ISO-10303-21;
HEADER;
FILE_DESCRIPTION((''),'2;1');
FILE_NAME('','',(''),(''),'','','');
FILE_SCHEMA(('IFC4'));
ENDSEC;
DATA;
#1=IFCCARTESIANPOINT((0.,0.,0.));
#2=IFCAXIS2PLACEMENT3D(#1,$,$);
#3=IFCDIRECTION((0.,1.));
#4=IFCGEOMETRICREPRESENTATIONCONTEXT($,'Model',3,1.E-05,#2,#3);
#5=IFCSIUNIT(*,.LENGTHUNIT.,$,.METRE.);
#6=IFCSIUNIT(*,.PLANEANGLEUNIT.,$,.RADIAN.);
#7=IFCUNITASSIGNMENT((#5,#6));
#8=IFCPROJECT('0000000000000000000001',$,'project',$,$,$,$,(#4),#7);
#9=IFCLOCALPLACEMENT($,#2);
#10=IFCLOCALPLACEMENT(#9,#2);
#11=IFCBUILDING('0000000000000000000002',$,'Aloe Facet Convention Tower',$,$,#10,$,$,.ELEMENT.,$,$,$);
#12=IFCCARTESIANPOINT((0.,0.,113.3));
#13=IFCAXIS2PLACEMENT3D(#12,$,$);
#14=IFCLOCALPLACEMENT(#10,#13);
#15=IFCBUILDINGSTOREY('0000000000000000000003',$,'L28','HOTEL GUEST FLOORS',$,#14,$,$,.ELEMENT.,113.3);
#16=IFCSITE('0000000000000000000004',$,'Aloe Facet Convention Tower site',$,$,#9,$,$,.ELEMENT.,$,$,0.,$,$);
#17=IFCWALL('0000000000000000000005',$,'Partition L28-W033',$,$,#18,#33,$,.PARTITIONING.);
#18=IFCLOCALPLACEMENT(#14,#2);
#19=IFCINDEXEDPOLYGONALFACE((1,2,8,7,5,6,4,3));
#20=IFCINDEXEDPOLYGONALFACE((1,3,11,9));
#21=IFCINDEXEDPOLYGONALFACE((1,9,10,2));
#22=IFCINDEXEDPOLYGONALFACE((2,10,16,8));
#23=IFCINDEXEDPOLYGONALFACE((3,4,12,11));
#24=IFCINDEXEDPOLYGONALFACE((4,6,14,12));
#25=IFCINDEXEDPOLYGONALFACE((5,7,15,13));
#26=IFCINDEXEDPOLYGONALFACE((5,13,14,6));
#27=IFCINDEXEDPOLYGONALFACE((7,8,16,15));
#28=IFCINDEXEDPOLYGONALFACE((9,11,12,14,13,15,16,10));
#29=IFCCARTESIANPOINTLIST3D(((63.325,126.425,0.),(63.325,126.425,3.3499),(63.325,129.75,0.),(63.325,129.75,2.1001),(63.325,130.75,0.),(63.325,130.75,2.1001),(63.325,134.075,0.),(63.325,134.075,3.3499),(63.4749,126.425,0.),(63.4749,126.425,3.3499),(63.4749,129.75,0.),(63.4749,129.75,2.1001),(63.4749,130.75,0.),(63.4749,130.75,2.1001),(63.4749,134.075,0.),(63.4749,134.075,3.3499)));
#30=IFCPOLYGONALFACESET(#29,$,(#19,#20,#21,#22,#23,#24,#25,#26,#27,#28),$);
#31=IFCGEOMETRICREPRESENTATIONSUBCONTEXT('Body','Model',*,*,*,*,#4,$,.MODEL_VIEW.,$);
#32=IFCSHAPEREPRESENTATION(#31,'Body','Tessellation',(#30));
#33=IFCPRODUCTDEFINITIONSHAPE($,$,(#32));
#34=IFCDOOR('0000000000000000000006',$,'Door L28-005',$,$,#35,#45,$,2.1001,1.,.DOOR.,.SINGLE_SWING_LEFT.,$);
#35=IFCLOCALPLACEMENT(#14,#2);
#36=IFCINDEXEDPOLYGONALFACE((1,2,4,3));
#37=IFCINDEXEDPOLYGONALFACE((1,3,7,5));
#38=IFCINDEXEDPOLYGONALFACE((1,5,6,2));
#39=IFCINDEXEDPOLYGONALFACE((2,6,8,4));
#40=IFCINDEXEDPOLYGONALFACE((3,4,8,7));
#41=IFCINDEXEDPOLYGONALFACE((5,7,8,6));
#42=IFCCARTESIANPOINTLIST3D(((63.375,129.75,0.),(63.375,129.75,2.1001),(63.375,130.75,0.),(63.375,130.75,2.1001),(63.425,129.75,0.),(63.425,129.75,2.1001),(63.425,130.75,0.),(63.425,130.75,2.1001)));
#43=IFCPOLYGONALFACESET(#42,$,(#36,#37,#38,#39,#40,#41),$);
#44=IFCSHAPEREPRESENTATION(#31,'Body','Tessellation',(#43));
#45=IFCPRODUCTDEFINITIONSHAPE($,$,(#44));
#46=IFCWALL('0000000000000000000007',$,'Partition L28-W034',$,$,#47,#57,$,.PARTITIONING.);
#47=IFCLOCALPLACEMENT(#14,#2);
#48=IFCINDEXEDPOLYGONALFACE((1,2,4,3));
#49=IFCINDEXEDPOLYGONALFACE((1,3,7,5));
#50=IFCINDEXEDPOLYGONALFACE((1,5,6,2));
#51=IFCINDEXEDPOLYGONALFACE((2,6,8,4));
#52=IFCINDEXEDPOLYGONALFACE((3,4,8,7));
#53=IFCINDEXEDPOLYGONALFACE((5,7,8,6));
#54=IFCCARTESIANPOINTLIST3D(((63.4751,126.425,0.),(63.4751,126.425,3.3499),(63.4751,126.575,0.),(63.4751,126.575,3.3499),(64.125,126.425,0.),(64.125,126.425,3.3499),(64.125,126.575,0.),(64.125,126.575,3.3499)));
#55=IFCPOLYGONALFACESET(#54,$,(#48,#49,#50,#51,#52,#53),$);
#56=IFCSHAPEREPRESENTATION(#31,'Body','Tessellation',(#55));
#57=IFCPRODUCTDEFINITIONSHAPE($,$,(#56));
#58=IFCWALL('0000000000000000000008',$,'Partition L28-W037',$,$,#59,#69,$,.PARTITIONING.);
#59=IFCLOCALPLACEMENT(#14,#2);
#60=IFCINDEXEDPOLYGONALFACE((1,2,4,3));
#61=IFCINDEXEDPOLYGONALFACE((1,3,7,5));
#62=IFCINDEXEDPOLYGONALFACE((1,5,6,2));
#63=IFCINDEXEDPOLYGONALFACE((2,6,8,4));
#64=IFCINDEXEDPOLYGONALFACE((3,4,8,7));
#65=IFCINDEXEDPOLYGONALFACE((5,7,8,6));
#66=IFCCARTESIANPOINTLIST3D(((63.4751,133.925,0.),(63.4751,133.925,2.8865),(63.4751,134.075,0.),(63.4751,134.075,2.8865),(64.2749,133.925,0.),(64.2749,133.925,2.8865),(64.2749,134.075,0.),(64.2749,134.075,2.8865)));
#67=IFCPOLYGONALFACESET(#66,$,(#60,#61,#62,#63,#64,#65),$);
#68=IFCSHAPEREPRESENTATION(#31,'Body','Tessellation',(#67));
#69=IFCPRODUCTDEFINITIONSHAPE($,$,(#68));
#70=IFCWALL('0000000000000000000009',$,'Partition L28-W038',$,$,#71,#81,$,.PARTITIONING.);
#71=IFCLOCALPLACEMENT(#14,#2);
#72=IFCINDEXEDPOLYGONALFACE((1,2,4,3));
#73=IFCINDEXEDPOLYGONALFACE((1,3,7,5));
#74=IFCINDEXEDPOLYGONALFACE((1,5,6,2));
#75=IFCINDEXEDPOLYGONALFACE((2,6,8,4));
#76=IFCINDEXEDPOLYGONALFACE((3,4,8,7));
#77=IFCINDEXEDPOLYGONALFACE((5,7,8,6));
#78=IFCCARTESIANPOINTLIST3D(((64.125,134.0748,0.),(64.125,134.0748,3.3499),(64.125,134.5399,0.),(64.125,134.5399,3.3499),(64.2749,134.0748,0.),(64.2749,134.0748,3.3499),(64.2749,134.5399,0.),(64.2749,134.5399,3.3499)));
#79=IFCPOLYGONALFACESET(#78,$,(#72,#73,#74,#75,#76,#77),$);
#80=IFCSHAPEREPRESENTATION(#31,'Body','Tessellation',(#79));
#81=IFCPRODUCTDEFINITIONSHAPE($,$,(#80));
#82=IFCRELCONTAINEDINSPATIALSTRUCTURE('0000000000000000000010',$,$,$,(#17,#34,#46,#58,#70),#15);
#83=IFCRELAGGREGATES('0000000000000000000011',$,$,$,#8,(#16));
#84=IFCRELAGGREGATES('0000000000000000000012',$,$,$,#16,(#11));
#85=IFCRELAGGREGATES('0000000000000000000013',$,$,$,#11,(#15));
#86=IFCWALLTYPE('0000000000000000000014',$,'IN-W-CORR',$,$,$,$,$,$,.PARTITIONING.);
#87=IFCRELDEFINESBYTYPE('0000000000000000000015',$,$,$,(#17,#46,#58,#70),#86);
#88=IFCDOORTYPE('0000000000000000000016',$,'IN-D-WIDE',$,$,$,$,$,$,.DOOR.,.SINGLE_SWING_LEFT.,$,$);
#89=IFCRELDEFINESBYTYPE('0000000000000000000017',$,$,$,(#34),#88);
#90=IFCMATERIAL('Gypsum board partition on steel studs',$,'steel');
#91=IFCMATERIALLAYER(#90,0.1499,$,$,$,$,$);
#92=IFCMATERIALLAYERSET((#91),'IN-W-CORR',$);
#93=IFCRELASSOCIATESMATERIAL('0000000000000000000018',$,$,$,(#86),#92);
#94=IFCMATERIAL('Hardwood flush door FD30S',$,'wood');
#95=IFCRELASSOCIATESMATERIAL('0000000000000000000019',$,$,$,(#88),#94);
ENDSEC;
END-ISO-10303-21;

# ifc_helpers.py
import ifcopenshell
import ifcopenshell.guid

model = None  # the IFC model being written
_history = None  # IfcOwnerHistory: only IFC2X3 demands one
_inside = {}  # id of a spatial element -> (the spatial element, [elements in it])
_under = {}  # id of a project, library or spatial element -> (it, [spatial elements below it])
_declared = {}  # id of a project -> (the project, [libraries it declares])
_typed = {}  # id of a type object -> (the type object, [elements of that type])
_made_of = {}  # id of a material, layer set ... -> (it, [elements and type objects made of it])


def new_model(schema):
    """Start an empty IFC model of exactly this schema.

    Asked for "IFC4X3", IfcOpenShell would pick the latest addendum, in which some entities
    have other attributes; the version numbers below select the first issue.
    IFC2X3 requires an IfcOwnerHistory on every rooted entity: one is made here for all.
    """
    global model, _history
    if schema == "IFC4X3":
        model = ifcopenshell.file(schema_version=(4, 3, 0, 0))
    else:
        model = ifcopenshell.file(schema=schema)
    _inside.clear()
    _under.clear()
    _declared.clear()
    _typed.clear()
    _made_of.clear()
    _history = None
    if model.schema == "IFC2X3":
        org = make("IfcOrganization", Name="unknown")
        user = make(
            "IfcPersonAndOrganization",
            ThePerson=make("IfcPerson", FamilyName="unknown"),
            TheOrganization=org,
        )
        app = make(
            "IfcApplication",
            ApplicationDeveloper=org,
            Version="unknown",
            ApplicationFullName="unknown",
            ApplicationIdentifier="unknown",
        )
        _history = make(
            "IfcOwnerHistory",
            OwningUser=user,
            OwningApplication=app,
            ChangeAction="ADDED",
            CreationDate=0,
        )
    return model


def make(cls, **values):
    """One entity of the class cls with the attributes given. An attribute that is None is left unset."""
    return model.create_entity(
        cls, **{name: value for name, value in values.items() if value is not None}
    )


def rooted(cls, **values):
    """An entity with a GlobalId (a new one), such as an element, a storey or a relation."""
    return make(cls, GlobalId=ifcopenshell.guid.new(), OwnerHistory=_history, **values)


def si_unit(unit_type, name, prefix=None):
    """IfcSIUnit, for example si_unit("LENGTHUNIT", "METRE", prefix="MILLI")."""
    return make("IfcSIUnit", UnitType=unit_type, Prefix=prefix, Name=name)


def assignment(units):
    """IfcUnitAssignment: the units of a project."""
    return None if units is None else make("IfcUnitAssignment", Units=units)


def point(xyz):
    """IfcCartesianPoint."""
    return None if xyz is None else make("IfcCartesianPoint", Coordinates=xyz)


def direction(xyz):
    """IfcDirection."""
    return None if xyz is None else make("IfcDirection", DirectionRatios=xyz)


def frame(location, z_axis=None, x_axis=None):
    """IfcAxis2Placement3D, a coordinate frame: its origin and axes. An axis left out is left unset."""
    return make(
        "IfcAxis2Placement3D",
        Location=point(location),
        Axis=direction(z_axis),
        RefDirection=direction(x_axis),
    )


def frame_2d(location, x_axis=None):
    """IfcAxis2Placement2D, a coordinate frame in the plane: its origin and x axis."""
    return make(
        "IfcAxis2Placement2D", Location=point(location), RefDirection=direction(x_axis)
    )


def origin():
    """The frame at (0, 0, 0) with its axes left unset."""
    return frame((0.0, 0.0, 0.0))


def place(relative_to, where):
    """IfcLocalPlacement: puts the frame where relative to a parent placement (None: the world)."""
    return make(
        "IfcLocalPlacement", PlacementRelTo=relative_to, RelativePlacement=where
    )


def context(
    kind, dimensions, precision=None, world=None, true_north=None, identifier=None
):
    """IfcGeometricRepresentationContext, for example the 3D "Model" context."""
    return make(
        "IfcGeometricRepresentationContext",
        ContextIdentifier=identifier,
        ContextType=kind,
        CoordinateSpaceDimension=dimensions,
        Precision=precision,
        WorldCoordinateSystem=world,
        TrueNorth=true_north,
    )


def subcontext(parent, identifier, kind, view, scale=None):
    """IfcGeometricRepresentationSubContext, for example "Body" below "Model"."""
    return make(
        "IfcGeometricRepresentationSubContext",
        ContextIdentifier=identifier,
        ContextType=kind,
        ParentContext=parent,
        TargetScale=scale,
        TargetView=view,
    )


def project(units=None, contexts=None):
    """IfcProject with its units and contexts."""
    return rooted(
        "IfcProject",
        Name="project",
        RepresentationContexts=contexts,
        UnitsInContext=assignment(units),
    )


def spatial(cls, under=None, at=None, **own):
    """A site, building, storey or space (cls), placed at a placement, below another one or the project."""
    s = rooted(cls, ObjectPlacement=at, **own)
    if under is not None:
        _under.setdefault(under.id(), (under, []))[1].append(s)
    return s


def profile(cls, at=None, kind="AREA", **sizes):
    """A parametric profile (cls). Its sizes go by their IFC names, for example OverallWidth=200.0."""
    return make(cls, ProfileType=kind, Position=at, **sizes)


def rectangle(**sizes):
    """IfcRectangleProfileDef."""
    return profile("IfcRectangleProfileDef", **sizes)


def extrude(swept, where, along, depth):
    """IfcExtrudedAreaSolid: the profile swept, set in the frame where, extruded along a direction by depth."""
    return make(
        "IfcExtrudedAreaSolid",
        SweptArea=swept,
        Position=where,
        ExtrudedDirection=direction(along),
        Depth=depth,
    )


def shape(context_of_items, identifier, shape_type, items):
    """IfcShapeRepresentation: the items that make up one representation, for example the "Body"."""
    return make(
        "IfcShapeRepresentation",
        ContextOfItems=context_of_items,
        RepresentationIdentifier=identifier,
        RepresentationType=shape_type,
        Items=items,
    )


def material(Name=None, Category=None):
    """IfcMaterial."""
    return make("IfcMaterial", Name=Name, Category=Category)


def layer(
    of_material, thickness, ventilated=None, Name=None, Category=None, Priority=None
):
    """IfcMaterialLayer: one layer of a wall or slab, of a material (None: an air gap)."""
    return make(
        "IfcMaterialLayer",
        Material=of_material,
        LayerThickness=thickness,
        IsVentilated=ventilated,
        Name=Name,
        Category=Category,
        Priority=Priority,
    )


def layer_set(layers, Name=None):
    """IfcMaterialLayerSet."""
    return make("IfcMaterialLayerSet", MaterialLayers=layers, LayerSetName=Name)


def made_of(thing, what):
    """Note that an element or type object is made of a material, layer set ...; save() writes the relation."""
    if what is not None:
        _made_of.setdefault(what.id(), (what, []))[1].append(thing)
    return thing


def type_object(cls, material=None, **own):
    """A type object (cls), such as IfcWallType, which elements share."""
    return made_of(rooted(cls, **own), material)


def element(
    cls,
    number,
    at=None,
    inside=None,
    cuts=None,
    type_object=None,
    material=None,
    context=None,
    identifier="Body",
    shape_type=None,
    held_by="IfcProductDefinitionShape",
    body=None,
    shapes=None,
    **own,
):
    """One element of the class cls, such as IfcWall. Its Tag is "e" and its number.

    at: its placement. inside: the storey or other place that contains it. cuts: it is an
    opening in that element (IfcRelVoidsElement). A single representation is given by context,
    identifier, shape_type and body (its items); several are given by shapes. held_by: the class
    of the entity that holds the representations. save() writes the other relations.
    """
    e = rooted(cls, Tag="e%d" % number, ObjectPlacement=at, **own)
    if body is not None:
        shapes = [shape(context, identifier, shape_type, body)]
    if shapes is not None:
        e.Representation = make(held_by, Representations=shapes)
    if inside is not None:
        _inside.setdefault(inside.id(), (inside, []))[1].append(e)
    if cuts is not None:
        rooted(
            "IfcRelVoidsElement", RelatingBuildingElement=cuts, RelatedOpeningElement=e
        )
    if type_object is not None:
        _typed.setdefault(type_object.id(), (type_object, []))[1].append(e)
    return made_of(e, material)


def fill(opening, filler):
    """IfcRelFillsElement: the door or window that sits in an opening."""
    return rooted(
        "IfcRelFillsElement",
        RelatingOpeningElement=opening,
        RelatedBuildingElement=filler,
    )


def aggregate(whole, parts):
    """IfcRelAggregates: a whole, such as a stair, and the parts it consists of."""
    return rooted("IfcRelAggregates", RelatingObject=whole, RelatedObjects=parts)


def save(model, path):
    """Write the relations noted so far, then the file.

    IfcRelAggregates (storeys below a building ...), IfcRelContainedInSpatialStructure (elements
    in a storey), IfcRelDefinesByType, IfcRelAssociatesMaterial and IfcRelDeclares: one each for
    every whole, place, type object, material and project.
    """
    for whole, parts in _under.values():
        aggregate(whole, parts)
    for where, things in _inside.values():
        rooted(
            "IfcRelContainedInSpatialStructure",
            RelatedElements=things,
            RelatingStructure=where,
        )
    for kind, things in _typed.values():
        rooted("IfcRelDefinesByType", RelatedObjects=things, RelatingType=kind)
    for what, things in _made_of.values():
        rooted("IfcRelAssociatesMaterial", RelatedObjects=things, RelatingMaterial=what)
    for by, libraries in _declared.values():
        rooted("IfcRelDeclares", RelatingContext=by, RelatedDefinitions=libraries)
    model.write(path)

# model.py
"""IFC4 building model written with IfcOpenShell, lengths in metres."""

from ifc_helpers import new_model, si_unit, direction, frame, frame_2d, origin, place, context, subcontext, project, spatial, rectangle, extrude, material, layer, layer_set, type_object, element, fill, save


model = new_model("IFC4")

# Units and contexts
model_context = context("Model", 3, precision=1e-05, world=origin(), true_north=direction((0.0, 1.0)))
body_context = subcontext(model_context, "Body", "Model", "MODEL_VIEW")
ifc_project = project(units=[si_unit("LENGTHUNIT", "METRE"), si_unit("PLANEANGLEUNIT", "RADIAN")], contexts=[model_context])

# Site, building, storey
site_placement = place(None, origin())
site = spatial("IfcSite", under=ifc_project, at=site_placement, Name="Aloe Facet Convention Tower site", CompositionType="ELEMENT", RefElevation=0.0)
building_placement = place(site_placement, origin())
building = spatial("IfcBuilding", under=site, at=building_placement, Name="Aloe Facet Convention Tower", CompositionType="ELEMENT")
storey_placement = place(building_placement, frame((0.0, 0.0, 113.3)))
storey = spatial("IfcBuildingStorey", under=building, at=storey_placement, Name="L28", Description="HOTEL GUEST FLOORS", CompositionType="ELEMENT", Elevation=113.3)

# Wall, opening, door
ifc_material_1 = material(Name="Gypsum board partition on steel studs", Category="steel")
ifc_layer_1 = layer(ifc_material_1, 0.1499)
ifc_layer_set_1 = layer_set([ifc_layer_1], Name="IN-W-CORR")
wall_type_1 = type_object("IfcWallType", Name="IN-W-CORR", PredefinedType="PARTITIONING", material=ifc_layer_set_1)
wall_1_placement = place(storey_placement, frame((63.3999, 126.425, 0.0), z_axis=(0.0, 0.0, 1.0), x_axis=(0.0, 1.0, 0.0)))
wall_1 = element("IfcWall", 1, at=wall_1_placement, inside=storey, type_object=wall_type_1, Name="Partition L28-W033", PredefinedType="PARTITIONING", context=body_context, shape_type="SweptSolid", body=[
    extrude(rectangle(XDim=7.6499, YDim=0.1499, at=frame_2d((3.825, 0.0))), origin(), (0.0, 0.0, 1.0), 3.3499),
])
opening_1_placement = place(wall_1_placement, frame((3.325, 0.0, 0.0)))
opening_1 = element("IfcOpeningElement", 2, at=opening_1_placement, cuts=wall_1, PredefinedType="OPENING", context=body_context, shape_type="SweptSolid", body=[
    extrude(rectangle(XDim=1.0, YDim=2.1001, at=frame_2d((0.5, 1.05))), frame((0.0, 0.085, 0.0), z_axis=(0.0, -1.0, 0.0), x_axis=(1.0, 0.0, 0.0)), (0.0, 0.0, 1.0), 0.1699),
])
ifc_material_2 = material(Name="Hardwood flush door FD30S", Category="wood")
door_type = type_object("IfcDoorType", Name="IN-D-WIDE", OperationType="SINGLE_SWING_LEFT", PredefinedType="DOOR", material=ifc_material_2)
door_placement = place(opening_1_placement, origin())
door = element("IfcDoor", 3, at=door_placement, inside=storey, type_object=door_type, Name="Door L28-005", OperationType="SINGLE_SWING_LEFT", OverallHeight=2.1001, OverallWidth=1.0, PredefinedType="DOOR", context=body_context, shape_type="SweptSolid", body=[
    extrude(rectangle(XDim=1.0, YDim=2.1001, at=frame_2d((0.5, 1.05))), frame((0.0, 0.0249, 0.0), z_axis=(0.0, -1.0, 0.0), x_axis=(1.0, 0.0, 0.0)), (0.0, 0.0, 1.0), 0.05),
])
fill(opening_1, door)

# Walls
wall_2_placement = place(storey_placement, frame((63.4751, 126.5, 0.0), z_axis=(0.0, 0.0, 1.0), x_axis=(1.0, 0.0, 0.0)))
element("IfcWall", 4, at=wall_2_placement, inside=storey, type_object=wall_type_1, Name="Partition L28-W034", PredefinedType="PARTITIONING", context=body_context, shape_type="SweptSolid", body=[
    extrude(rectangle(XDim=0.6499, YDim=0.1499, at=frame_2d((0.325, 0.0))), origin(), (0.0, 0.0, 1.0), 3.3499),
])
wall_3_placement = place(storey_placement, frame((63.4751, 134.0, 0.0), z_axis=(0.0, 0.0, 1.0), x_axis=(1.0, 0.0, 0.0)))
element("IfcWall", 5, at=wall_3_placement, inside=storey, type_object=wall_type_1, Name="Partition L28-W037", PredefinedType="PARTITIONING", context=body_context, shape_type="SweptSolid", body=[
    extrude(rectangle(XDim=0.7998, YDim=0.1499, at=frame_2d((0.3999, 0.0))), origin(), (0.0, 0.0, 1.0), 2.8865),
])
wall_4_placement = place(storey_placement, frame((64.2, 134.075, 0.0), z_axis=(0.0, 0.0, 1.0), x_axis=(0.0, 1.0, 0.0)))
element("IfcWall", 6, at=wall_4_placement, inside=storey, type_object=wall_type_1, Name="Partition L28-W038", PredefinedType="PARTITIONING", context=body_context, shape_type="SweptSolid", body=[
    extrude(rectangle(XDim=0.4651, YDim=0.1499, at=frame_2d((0.2324, 0.0))), origin(), (0.0, 0.0, 1.0), 3.3499),
])

save(model, "model.ifc")
